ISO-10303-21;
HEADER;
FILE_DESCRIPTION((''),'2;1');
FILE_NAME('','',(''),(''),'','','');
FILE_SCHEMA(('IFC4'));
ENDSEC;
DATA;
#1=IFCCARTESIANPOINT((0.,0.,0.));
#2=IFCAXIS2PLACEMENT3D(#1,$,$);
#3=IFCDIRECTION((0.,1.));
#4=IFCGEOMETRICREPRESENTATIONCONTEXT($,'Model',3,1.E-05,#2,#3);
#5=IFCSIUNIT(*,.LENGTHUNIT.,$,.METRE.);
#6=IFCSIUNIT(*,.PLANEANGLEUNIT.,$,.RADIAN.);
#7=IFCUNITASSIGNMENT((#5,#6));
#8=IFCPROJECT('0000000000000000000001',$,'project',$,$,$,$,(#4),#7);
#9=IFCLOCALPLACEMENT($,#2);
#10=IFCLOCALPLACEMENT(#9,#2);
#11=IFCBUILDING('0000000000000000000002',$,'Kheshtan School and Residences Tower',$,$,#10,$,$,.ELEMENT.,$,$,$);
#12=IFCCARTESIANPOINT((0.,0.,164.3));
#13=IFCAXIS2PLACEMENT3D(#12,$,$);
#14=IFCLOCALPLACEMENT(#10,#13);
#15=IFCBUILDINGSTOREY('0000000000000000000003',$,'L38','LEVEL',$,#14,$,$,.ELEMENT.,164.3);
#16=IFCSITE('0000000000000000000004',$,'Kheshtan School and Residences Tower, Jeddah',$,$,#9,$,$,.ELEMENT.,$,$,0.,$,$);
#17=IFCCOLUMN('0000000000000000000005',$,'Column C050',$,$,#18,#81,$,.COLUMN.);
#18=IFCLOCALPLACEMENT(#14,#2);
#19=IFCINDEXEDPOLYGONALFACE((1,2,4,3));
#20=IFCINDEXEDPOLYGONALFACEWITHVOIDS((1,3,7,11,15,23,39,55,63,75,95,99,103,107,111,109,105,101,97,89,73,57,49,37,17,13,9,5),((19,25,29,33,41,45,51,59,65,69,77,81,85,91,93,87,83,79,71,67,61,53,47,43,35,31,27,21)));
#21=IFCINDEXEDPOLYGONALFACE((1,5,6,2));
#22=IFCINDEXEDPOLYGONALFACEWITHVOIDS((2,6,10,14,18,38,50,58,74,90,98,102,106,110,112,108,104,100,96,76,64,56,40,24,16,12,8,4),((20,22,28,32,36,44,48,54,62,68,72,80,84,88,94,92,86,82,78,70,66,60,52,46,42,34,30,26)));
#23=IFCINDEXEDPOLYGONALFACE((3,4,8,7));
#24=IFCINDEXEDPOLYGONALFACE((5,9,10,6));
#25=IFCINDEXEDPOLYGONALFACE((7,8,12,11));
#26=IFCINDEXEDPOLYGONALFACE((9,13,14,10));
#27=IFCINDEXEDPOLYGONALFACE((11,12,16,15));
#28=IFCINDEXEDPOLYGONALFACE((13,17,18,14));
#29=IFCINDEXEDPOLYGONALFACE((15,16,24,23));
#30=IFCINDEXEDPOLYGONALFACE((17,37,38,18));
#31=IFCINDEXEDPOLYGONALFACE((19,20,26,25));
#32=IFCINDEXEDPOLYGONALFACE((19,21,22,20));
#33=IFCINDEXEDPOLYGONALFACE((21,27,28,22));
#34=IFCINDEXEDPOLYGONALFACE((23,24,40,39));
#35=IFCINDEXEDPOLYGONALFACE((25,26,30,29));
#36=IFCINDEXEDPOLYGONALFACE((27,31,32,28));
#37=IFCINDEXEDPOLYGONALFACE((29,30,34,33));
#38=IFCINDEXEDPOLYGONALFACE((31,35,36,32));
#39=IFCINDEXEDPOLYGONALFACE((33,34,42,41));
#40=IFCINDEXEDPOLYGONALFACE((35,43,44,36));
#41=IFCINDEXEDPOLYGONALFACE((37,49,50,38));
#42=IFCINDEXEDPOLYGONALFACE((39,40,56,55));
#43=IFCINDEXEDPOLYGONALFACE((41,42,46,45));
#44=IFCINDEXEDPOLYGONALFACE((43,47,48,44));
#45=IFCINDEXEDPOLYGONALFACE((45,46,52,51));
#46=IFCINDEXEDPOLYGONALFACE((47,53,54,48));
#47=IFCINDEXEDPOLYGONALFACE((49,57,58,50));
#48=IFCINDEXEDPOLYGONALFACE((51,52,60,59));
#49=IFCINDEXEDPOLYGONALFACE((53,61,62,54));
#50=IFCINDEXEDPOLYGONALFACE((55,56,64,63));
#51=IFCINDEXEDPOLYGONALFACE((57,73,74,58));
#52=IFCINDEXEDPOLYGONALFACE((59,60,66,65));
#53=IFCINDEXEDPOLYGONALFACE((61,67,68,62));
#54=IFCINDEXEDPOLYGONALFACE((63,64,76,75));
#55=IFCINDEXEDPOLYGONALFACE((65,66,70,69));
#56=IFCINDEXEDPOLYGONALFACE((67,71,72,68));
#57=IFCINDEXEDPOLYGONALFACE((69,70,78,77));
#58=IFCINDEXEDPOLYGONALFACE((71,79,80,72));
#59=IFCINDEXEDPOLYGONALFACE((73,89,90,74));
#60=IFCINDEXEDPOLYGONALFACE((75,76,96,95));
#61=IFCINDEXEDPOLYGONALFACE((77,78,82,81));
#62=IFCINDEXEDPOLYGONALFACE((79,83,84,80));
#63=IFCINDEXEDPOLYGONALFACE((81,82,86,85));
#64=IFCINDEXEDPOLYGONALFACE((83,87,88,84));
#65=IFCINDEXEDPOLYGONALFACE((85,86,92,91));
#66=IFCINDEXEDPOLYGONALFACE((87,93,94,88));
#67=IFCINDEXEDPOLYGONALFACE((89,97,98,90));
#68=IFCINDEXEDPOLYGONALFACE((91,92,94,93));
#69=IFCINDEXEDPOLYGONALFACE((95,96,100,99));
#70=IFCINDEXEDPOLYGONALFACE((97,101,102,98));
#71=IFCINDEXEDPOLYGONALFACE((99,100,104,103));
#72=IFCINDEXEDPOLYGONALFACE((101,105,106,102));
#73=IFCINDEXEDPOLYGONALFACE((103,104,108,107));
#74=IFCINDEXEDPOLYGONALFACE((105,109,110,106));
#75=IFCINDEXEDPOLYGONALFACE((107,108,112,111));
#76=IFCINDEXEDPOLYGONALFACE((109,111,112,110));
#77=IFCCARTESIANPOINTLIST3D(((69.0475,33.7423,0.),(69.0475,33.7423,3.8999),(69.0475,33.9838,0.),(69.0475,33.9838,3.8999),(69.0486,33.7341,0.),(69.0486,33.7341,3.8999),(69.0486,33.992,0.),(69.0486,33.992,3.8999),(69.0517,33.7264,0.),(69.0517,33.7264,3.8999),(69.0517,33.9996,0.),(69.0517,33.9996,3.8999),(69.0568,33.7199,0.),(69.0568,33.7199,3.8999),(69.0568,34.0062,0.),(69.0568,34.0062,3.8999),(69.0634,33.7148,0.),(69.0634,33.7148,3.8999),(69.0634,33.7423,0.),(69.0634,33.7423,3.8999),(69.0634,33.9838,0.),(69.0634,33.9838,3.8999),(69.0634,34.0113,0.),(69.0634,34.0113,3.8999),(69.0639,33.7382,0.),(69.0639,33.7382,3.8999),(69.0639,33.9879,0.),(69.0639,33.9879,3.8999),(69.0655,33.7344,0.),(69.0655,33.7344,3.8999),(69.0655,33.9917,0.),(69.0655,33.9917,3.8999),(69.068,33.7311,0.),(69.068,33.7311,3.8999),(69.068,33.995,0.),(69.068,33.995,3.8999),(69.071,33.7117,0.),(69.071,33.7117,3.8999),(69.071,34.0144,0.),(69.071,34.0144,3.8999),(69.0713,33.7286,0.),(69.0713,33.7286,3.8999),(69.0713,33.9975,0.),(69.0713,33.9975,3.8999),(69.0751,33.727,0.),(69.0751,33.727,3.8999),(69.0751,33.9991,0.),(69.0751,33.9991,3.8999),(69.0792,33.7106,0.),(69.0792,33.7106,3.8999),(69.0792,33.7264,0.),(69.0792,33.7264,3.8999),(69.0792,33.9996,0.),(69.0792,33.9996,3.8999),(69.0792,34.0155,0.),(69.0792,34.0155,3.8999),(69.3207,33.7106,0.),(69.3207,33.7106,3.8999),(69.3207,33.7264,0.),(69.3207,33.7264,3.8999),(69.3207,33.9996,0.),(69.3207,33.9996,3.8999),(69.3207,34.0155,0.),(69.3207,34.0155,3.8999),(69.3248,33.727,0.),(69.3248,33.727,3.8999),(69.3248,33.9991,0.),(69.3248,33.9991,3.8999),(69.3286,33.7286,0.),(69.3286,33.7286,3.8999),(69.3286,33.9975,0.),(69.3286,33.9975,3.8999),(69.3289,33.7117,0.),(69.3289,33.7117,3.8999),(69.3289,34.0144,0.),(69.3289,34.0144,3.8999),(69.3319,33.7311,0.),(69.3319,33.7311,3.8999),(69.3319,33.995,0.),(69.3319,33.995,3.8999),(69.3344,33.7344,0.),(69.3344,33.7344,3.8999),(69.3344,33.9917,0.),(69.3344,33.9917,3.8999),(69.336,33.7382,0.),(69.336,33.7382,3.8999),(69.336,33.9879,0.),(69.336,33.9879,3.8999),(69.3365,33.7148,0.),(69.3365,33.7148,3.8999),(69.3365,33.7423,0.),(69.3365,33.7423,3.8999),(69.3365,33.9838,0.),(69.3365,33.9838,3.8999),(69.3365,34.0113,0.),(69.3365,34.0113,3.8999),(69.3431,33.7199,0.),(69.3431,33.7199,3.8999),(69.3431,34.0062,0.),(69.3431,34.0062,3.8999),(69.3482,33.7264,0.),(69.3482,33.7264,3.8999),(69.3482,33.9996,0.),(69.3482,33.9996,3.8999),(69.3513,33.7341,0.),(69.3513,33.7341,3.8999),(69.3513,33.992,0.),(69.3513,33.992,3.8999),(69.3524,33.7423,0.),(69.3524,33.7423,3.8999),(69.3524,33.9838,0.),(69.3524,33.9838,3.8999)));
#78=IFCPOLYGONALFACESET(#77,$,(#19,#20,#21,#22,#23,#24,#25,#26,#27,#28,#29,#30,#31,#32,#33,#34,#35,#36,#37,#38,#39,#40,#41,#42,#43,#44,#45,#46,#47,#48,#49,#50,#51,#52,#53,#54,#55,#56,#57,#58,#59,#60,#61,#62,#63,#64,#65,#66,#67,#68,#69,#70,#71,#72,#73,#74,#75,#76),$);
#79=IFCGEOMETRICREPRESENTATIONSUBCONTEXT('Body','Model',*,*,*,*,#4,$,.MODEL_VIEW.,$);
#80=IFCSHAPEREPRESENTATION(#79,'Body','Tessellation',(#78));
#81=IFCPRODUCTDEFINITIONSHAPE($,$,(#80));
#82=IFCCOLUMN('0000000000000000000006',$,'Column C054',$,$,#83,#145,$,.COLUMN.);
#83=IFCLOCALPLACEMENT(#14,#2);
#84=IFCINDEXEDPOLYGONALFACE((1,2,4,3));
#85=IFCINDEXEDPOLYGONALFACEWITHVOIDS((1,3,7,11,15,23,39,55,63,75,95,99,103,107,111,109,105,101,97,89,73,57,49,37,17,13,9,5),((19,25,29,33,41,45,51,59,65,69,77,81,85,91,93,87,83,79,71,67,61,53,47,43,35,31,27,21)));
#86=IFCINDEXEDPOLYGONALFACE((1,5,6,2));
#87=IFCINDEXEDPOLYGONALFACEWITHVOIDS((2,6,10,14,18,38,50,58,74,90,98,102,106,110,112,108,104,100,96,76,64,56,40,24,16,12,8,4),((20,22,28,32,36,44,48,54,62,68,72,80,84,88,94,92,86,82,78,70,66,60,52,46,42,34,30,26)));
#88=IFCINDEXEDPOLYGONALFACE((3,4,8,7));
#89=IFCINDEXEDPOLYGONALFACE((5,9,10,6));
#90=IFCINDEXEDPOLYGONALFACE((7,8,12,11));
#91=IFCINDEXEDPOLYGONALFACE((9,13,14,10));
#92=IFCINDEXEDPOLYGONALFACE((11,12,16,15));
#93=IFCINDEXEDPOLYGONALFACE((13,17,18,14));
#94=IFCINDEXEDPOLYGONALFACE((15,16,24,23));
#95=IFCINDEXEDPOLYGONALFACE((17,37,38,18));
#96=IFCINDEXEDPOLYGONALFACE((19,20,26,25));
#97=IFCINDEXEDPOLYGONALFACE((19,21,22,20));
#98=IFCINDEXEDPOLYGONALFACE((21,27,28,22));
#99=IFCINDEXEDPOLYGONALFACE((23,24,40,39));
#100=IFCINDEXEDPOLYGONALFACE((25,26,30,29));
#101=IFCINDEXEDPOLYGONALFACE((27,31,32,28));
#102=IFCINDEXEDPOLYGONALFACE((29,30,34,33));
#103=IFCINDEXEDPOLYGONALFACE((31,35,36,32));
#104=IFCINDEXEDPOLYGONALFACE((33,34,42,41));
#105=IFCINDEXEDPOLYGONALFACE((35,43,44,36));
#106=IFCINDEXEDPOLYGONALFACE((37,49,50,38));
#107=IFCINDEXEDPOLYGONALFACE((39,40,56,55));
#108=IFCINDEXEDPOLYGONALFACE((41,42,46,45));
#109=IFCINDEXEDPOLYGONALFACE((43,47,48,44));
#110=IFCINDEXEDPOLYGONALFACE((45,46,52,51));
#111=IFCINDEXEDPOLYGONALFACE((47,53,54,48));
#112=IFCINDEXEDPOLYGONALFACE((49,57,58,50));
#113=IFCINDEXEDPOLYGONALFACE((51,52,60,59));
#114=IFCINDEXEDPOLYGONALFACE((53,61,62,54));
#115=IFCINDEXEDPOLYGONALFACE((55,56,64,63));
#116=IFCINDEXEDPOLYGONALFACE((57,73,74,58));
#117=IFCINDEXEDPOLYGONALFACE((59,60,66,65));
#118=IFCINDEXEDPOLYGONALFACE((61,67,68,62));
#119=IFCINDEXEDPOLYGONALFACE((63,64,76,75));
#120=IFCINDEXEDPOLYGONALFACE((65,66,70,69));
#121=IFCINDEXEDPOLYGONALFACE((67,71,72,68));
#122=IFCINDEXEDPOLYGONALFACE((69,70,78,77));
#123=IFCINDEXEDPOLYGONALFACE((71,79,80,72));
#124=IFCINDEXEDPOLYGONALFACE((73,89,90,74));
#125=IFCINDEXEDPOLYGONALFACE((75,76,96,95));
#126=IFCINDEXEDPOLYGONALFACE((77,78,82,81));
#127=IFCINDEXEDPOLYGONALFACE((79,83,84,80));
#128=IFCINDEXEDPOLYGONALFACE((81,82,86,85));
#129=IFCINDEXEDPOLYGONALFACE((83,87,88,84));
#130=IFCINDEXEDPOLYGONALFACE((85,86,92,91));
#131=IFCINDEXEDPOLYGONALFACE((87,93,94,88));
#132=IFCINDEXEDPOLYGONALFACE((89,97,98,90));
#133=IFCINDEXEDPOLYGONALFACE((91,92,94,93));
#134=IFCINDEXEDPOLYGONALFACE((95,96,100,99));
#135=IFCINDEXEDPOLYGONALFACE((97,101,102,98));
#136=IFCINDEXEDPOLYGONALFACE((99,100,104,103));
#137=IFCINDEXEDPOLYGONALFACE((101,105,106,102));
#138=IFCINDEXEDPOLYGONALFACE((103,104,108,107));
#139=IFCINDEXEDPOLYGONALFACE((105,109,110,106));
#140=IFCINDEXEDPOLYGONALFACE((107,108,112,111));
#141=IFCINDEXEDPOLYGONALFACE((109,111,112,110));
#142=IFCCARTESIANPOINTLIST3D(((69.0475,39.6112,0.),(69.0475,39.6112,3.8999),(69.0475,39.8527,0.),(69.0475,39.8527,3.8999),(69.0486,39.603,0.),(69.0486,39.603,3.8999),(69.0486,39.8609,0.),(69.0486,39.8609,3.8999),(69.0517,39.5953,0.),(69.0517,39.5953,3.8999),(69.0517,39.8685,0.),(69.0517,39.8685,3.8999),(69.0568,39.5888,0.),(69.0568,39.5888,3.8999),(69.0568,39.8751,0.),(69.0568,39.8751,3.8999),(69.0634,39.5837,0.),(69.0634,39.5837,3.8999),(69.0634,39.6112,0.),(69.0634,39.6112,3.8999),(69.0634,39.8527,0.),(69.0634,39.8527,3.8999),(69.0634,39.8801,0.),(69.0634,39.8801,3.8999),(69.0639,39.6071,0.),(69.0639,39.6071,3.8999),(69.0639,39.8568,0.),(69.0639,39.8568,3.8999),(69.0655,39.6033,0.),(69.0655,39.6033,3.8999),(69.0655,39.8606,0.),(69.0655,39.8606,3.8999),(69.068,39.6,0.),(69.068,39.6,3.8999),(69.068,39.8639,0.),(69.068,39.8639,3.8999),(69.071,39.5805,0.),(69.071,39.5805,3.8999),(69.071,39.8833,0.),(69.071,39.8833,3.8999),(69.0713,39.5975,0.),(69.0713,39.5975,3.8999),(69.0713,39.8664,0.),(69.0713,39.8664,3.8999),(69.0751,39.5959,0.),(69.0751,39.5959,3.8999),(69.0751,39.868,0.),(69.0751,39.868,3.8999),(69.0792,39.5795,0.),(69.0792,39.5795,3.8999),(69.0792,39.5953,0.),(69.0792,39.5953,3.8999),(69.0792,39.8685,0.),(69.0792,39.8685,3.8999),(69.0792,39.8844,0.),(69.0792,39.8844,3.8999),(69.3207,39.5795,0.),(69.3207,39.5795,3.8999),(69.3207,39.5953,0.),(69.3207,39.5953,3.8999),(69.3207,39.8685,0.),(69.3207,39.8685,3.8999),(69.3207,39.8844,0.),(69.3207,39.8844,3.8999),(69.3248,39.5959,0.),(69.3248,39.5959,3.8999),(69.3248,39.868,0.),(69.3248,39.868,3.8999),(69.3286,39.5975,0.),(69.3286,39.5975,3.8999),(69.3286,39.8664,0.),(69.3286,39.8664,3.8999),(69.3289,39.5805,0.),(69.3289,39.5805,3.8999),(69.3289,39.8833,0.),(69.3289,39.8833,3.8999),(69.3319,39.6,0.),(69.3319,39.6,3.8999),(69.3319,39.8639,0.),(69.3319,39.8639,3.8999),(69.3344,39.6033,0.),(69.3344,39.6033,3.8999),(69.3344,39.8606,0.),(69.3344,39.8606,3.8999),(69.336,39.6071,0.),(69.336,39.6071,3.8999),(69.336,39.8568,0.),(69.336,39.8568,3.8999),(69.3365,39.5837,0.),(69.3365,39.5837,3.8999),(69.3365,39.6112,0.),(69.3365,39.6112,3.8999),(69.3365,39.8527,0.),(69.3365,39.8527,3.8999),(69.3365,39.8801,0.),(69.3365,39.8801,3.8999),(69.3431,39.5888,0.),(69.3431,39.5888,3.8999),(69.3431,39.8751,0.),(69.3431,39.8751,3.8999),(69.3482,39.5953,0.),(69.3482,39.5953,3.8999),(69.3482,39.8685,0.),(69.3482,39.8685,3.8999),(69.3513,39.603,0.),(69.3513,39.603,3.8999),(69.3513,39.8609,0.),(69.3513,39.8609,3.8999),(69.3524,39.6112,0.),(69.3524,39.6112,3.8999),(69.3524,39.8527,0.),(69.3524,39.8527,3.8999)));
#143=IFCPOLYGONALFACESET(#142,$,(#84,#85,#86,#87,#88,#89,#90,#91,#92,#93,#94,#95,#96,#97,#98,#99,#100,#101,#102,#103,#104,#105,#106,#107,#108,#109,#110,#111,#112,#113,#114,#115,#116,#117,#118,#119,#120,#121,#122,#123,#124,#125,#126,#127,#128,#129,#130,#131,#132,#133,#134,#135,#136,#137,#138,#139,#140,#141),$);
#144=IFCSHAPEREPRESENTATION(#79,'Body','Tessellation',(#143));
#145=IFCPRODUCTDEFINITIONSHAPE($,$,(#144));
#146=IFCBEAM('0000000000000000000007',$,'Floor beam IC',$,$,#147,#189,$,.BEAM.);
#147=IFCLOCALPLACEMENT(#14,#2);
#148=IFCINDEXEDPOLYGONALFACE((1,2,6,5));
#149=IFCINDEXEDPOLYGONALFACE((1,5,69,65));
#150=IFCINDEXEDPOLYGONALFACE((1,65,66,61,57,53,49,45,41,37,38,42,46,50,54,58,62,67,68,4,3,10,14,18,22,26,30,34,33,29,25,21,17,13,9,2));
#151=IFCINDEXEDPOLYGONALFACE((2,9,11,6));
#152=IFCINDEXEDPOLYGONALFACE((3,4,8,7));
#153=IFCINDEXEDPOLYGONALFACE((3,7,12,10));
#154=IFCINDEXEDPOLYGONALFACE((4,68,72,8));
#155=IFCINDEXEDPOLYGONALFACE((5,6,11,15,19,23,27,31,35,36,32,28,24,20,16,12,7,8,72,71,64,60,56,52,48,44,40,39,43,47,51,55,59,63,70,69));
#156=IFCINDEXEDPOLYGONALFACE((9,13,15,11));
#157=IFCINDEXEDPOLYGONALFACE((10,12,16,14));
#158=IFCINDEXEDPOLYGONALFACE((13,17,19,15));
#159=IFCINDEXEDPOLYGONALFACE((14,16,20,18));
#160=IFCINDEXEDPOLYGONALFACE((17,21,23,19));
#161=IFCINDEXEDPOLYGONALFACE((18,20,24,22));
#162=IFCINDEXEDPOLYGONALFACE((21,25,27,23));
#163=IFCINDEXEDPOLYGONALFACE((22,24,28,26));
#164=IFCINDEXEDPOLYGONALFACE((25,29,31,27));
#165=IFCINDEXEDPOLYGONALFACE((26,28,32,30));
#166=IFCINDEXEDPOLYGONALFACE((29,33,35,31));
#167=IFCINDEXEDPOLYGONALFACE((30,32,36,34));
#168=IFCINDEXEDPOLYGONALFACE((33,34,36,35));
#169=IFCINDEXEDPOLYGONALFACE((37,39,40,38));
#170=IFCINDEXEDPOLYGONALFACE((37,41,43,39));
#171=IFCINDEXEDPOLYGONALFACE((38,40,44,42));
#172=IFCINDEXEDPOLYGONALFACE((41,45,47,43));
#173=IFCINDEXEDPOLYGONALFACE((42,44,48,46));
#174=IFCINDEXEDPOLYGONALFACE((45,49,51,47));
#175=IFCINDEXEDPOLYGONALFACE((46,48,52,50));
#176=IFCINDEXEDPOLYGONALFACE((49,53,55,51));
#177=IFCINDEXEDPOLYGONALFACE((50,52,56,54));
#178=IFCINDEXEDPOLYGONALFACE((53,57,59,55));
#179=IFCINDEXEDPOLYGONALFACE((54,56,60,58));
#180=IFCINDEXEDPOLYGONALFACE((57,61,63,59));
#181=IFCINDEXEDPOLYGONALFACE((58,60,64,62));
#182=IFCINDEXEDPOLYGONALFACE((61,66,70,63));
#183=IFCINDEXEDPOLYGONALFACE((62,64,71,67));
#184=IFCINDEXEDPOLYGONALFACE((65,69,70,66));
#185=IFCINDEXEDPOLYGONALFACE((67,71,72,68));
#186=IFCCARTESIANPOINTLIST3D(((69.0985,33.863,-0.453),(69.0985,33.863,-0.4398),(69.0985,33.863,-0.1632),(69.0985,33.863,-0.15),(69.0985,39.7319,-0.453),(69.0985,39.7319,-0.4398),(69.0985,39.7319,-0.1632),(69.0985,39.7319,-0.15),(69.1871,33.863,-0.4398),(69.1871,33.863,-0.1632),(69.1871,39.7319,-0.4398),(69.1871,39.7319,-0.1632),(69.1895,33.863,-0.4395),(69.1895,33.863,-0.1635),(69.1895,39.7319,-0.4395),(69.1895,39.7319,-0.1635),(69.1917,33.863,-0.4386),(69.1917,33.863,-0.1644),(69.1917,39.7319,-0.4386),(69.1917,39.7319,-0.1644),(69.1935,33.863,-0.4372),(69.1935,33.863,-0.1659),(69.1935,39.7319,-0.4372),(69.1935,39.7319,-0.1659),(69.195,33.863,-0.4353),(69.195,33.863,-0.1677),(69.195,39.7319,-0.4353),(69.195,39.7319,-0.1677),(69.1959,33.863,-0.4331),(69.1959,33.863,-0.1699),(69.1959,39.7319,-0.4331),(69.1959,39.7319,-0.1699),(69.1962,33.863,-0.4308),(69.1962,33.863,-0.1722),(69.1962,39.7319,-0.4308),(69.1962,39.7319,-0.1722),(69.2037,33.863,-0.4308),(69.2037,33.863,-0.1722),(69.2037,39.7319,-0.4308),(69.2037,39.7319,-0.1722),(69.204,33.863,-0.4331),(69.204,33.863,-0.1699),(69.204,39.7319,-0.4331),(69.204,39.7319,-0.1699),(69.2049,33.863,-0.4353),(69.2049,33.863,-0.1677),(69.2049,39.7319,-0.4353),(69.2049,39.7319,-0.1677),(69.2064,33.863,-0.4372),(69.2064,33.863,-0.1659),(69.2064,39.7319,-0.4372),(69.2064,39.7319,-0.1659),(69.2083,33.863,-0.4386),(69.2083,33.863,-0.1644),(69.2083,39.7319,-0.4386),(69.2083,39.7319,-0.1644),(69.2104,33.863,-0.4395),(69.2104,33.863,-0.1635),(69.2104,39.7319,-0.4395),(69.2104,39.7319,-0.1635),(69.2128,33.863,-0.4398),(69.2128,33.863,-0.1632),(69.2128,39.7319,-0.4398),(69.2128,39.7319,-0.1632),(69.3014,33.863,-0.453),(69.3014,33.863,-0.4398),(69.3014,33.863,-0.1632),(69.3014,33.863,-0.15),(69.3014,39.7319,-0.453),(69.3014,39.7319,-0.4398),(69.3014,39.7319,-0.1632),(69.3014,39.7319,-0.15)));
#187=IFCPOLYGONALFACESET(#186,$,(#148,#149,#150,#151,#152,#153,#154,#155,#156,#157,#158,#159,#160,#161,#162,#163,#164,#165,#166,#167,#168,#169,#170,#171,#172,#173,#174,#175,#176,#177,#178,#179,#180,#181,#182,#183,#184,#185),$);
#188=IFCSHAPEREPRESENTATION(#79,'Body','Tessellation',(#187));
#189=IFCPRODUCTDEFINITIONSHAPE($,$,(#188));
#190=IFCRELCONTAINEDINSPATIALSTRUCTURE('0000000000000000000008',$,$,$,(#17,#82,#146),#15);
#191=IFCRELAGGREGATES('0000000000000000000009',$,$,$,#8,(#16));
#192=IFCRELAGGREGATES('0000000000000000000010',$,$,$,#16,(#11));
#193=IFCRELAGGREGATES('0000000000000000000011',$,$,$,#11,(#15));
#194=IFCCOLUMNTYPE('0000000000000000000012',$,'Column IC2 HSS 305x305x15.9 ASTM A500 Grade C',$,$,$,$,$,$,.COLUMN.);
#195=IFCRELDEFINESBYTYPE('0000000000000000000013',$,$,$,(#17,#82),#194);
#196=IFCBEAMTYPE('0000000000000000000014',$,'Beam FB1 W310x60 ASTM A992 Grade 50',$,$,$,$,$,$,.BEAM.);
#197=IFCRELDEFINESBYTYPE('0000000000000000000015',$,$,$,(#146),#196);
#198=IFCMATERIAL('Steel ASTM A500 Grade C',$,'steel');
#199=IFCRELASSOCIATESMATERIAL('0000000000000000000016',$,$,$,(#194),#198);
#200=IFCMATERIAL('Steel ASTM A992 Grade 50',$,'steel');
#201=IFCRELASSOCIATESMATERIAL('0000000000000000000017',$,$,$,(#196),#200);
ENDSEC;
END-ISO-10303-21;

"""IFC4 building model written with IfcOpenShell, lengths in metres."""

from ifc_helpers import new_model, si_unit, direction, frame, origin, origin_2d, place, context, subcontext, project, spatial, hollow_rectangle, i_section, extrude, material, material_profile, profile_set, type_object, element, save


model = new_model("IFC4")

# Units and contexts
model_context = context("Model", 3, precision=1e-05, world=origin(), true_north=direction((0.0, 1.0)))
body_context = subcontext(model_context, "Body", "Model", "MODEL_VIEW")
ifc_project = project(units=[si_unit("LENGTHUNIT", "METRE"), si_unit("PLANEANGLEUNIT", "RADIAN")], contexts=[model_context])

# Site, building, storey
site_placement = place(None, origin())
site = spatial("IfcSite", under=ifc_project, at=site_placement, Name="Kheshtan School and Residences Tower, Jeddah", CompositionType="ELEMENT", RefElevation=0.0)
building_placement = place(site_placement, origin())
building = spatial("IfcBuilding", under=site, at=building_placement, Name="Kheshtan School and Residences Tower", CompositionType="ELEMENT")
storey_placement = place(building_placement, frame((0.0, 0.0, 164.3)))
storey = spatial("IfcBuildingStorey", under=building, at=storey_placement, Name="L38", Description="LEVEL", CompositionType="ELEMENT", Elevation=164.3)

# Columns
ifc_material_1 = material(Name="Steel ASTM A500 Grade C", Category="steel")
ifc_material_profile_1 = material_profile(ifc_material_1, hollow_rectangle(XDim=0.3049, YDim=0.3049, WallThickness=0.0159, InnerFilletRadius=0.0159, OuterFilletRadius=0.0317, at=origin_2d()), Name="HSS 305x305x15.9")
ifc_profile_set_1 = profile_set([ifc_material_profile_1], Name="Steel ASTM A500 Grade C")
column_type = type_object("IfcColumnType", Name="Column IC2 HSS 305x305x15.9 ASTM A500 Grade C", PredefinedType="COLUMN", material=ifc_profile_set_1)
for number, where, z_axis, x_axis, name in (
    (1, (69.2, 33.863, 0.0), (0.0, 0.0, 1.0), (1.0, 0.0, 0.0), "Column C050"),
    (2, (69.2, 39.7319, 0.0), (0.0, 0.0, 1.0), (1.0, 0.0, 0.0), "Column C054"),
):
    element("IfcColumn", number, at=place(storey_placement, frame(where, z_axis=z_axis, x_axis=x_axis)), inside=storey, type_object=column_type, Name=name, PredefinedType="COLUMN", context=body_context, shape_type="SweptSolid", body=[
        extrude(hollow_rectangle(XDim=0.3049, YDim=0.3049, WallThickness=0.0159, InnerFilletRadius=0.0159, OuterFilletRadius=0.0317, at=origin_2d()), origin(), (0.0, 0.0, 1.0), 3.8999),
    ])

# Beam
ifc_material_2 = material(Name="Steel ASTM A992 Grade 50", Category="steel")
ifc_material_profile_2 = material_profile(ifc_material_2, i_section(OverallWidth=0.2029, OverallDepth=0.303, WebThickness=0.0076, FlangeThickness=0.0132, FilletRadius=0.009, at=origin_2d()), Name="W310x60")
ifc_profile_set_2 = profile_set([ifc_material_profile_2], Name="Steel ASTM A992 Grade 50")
beam_type = type_object("IfcBeamType", Name="Beam FB1 W310x60 ASTM A992 Grade 50", PredefinedType="BEAM", material=ifc_profile_set_2)
beam_placement = place(storey_placement, frame((69.2, 33.863, -0.3015), z_axis=(0.0, 1.0, 0.0), x_axis=(-1.0, 0.0, 0.0)))
element("IfcBeam", 3, at=beam_placement, inside=storey, type_object=beam_type, Name="Floor beam IC", PredefinedType="BEAM", context=body_context, shape_type="SweptSolid", body=[
    extrude(i_section(OverallWidth=0.2029, OverallDepth=0.303, WebThickness=0.0076, FlangeThickness=0.0132, FilletRadius=0.009, at=origin_2d()), origin(), (0.0, 0.0, 1.0), 5.8689),
])

save(model, "model.ifc")
